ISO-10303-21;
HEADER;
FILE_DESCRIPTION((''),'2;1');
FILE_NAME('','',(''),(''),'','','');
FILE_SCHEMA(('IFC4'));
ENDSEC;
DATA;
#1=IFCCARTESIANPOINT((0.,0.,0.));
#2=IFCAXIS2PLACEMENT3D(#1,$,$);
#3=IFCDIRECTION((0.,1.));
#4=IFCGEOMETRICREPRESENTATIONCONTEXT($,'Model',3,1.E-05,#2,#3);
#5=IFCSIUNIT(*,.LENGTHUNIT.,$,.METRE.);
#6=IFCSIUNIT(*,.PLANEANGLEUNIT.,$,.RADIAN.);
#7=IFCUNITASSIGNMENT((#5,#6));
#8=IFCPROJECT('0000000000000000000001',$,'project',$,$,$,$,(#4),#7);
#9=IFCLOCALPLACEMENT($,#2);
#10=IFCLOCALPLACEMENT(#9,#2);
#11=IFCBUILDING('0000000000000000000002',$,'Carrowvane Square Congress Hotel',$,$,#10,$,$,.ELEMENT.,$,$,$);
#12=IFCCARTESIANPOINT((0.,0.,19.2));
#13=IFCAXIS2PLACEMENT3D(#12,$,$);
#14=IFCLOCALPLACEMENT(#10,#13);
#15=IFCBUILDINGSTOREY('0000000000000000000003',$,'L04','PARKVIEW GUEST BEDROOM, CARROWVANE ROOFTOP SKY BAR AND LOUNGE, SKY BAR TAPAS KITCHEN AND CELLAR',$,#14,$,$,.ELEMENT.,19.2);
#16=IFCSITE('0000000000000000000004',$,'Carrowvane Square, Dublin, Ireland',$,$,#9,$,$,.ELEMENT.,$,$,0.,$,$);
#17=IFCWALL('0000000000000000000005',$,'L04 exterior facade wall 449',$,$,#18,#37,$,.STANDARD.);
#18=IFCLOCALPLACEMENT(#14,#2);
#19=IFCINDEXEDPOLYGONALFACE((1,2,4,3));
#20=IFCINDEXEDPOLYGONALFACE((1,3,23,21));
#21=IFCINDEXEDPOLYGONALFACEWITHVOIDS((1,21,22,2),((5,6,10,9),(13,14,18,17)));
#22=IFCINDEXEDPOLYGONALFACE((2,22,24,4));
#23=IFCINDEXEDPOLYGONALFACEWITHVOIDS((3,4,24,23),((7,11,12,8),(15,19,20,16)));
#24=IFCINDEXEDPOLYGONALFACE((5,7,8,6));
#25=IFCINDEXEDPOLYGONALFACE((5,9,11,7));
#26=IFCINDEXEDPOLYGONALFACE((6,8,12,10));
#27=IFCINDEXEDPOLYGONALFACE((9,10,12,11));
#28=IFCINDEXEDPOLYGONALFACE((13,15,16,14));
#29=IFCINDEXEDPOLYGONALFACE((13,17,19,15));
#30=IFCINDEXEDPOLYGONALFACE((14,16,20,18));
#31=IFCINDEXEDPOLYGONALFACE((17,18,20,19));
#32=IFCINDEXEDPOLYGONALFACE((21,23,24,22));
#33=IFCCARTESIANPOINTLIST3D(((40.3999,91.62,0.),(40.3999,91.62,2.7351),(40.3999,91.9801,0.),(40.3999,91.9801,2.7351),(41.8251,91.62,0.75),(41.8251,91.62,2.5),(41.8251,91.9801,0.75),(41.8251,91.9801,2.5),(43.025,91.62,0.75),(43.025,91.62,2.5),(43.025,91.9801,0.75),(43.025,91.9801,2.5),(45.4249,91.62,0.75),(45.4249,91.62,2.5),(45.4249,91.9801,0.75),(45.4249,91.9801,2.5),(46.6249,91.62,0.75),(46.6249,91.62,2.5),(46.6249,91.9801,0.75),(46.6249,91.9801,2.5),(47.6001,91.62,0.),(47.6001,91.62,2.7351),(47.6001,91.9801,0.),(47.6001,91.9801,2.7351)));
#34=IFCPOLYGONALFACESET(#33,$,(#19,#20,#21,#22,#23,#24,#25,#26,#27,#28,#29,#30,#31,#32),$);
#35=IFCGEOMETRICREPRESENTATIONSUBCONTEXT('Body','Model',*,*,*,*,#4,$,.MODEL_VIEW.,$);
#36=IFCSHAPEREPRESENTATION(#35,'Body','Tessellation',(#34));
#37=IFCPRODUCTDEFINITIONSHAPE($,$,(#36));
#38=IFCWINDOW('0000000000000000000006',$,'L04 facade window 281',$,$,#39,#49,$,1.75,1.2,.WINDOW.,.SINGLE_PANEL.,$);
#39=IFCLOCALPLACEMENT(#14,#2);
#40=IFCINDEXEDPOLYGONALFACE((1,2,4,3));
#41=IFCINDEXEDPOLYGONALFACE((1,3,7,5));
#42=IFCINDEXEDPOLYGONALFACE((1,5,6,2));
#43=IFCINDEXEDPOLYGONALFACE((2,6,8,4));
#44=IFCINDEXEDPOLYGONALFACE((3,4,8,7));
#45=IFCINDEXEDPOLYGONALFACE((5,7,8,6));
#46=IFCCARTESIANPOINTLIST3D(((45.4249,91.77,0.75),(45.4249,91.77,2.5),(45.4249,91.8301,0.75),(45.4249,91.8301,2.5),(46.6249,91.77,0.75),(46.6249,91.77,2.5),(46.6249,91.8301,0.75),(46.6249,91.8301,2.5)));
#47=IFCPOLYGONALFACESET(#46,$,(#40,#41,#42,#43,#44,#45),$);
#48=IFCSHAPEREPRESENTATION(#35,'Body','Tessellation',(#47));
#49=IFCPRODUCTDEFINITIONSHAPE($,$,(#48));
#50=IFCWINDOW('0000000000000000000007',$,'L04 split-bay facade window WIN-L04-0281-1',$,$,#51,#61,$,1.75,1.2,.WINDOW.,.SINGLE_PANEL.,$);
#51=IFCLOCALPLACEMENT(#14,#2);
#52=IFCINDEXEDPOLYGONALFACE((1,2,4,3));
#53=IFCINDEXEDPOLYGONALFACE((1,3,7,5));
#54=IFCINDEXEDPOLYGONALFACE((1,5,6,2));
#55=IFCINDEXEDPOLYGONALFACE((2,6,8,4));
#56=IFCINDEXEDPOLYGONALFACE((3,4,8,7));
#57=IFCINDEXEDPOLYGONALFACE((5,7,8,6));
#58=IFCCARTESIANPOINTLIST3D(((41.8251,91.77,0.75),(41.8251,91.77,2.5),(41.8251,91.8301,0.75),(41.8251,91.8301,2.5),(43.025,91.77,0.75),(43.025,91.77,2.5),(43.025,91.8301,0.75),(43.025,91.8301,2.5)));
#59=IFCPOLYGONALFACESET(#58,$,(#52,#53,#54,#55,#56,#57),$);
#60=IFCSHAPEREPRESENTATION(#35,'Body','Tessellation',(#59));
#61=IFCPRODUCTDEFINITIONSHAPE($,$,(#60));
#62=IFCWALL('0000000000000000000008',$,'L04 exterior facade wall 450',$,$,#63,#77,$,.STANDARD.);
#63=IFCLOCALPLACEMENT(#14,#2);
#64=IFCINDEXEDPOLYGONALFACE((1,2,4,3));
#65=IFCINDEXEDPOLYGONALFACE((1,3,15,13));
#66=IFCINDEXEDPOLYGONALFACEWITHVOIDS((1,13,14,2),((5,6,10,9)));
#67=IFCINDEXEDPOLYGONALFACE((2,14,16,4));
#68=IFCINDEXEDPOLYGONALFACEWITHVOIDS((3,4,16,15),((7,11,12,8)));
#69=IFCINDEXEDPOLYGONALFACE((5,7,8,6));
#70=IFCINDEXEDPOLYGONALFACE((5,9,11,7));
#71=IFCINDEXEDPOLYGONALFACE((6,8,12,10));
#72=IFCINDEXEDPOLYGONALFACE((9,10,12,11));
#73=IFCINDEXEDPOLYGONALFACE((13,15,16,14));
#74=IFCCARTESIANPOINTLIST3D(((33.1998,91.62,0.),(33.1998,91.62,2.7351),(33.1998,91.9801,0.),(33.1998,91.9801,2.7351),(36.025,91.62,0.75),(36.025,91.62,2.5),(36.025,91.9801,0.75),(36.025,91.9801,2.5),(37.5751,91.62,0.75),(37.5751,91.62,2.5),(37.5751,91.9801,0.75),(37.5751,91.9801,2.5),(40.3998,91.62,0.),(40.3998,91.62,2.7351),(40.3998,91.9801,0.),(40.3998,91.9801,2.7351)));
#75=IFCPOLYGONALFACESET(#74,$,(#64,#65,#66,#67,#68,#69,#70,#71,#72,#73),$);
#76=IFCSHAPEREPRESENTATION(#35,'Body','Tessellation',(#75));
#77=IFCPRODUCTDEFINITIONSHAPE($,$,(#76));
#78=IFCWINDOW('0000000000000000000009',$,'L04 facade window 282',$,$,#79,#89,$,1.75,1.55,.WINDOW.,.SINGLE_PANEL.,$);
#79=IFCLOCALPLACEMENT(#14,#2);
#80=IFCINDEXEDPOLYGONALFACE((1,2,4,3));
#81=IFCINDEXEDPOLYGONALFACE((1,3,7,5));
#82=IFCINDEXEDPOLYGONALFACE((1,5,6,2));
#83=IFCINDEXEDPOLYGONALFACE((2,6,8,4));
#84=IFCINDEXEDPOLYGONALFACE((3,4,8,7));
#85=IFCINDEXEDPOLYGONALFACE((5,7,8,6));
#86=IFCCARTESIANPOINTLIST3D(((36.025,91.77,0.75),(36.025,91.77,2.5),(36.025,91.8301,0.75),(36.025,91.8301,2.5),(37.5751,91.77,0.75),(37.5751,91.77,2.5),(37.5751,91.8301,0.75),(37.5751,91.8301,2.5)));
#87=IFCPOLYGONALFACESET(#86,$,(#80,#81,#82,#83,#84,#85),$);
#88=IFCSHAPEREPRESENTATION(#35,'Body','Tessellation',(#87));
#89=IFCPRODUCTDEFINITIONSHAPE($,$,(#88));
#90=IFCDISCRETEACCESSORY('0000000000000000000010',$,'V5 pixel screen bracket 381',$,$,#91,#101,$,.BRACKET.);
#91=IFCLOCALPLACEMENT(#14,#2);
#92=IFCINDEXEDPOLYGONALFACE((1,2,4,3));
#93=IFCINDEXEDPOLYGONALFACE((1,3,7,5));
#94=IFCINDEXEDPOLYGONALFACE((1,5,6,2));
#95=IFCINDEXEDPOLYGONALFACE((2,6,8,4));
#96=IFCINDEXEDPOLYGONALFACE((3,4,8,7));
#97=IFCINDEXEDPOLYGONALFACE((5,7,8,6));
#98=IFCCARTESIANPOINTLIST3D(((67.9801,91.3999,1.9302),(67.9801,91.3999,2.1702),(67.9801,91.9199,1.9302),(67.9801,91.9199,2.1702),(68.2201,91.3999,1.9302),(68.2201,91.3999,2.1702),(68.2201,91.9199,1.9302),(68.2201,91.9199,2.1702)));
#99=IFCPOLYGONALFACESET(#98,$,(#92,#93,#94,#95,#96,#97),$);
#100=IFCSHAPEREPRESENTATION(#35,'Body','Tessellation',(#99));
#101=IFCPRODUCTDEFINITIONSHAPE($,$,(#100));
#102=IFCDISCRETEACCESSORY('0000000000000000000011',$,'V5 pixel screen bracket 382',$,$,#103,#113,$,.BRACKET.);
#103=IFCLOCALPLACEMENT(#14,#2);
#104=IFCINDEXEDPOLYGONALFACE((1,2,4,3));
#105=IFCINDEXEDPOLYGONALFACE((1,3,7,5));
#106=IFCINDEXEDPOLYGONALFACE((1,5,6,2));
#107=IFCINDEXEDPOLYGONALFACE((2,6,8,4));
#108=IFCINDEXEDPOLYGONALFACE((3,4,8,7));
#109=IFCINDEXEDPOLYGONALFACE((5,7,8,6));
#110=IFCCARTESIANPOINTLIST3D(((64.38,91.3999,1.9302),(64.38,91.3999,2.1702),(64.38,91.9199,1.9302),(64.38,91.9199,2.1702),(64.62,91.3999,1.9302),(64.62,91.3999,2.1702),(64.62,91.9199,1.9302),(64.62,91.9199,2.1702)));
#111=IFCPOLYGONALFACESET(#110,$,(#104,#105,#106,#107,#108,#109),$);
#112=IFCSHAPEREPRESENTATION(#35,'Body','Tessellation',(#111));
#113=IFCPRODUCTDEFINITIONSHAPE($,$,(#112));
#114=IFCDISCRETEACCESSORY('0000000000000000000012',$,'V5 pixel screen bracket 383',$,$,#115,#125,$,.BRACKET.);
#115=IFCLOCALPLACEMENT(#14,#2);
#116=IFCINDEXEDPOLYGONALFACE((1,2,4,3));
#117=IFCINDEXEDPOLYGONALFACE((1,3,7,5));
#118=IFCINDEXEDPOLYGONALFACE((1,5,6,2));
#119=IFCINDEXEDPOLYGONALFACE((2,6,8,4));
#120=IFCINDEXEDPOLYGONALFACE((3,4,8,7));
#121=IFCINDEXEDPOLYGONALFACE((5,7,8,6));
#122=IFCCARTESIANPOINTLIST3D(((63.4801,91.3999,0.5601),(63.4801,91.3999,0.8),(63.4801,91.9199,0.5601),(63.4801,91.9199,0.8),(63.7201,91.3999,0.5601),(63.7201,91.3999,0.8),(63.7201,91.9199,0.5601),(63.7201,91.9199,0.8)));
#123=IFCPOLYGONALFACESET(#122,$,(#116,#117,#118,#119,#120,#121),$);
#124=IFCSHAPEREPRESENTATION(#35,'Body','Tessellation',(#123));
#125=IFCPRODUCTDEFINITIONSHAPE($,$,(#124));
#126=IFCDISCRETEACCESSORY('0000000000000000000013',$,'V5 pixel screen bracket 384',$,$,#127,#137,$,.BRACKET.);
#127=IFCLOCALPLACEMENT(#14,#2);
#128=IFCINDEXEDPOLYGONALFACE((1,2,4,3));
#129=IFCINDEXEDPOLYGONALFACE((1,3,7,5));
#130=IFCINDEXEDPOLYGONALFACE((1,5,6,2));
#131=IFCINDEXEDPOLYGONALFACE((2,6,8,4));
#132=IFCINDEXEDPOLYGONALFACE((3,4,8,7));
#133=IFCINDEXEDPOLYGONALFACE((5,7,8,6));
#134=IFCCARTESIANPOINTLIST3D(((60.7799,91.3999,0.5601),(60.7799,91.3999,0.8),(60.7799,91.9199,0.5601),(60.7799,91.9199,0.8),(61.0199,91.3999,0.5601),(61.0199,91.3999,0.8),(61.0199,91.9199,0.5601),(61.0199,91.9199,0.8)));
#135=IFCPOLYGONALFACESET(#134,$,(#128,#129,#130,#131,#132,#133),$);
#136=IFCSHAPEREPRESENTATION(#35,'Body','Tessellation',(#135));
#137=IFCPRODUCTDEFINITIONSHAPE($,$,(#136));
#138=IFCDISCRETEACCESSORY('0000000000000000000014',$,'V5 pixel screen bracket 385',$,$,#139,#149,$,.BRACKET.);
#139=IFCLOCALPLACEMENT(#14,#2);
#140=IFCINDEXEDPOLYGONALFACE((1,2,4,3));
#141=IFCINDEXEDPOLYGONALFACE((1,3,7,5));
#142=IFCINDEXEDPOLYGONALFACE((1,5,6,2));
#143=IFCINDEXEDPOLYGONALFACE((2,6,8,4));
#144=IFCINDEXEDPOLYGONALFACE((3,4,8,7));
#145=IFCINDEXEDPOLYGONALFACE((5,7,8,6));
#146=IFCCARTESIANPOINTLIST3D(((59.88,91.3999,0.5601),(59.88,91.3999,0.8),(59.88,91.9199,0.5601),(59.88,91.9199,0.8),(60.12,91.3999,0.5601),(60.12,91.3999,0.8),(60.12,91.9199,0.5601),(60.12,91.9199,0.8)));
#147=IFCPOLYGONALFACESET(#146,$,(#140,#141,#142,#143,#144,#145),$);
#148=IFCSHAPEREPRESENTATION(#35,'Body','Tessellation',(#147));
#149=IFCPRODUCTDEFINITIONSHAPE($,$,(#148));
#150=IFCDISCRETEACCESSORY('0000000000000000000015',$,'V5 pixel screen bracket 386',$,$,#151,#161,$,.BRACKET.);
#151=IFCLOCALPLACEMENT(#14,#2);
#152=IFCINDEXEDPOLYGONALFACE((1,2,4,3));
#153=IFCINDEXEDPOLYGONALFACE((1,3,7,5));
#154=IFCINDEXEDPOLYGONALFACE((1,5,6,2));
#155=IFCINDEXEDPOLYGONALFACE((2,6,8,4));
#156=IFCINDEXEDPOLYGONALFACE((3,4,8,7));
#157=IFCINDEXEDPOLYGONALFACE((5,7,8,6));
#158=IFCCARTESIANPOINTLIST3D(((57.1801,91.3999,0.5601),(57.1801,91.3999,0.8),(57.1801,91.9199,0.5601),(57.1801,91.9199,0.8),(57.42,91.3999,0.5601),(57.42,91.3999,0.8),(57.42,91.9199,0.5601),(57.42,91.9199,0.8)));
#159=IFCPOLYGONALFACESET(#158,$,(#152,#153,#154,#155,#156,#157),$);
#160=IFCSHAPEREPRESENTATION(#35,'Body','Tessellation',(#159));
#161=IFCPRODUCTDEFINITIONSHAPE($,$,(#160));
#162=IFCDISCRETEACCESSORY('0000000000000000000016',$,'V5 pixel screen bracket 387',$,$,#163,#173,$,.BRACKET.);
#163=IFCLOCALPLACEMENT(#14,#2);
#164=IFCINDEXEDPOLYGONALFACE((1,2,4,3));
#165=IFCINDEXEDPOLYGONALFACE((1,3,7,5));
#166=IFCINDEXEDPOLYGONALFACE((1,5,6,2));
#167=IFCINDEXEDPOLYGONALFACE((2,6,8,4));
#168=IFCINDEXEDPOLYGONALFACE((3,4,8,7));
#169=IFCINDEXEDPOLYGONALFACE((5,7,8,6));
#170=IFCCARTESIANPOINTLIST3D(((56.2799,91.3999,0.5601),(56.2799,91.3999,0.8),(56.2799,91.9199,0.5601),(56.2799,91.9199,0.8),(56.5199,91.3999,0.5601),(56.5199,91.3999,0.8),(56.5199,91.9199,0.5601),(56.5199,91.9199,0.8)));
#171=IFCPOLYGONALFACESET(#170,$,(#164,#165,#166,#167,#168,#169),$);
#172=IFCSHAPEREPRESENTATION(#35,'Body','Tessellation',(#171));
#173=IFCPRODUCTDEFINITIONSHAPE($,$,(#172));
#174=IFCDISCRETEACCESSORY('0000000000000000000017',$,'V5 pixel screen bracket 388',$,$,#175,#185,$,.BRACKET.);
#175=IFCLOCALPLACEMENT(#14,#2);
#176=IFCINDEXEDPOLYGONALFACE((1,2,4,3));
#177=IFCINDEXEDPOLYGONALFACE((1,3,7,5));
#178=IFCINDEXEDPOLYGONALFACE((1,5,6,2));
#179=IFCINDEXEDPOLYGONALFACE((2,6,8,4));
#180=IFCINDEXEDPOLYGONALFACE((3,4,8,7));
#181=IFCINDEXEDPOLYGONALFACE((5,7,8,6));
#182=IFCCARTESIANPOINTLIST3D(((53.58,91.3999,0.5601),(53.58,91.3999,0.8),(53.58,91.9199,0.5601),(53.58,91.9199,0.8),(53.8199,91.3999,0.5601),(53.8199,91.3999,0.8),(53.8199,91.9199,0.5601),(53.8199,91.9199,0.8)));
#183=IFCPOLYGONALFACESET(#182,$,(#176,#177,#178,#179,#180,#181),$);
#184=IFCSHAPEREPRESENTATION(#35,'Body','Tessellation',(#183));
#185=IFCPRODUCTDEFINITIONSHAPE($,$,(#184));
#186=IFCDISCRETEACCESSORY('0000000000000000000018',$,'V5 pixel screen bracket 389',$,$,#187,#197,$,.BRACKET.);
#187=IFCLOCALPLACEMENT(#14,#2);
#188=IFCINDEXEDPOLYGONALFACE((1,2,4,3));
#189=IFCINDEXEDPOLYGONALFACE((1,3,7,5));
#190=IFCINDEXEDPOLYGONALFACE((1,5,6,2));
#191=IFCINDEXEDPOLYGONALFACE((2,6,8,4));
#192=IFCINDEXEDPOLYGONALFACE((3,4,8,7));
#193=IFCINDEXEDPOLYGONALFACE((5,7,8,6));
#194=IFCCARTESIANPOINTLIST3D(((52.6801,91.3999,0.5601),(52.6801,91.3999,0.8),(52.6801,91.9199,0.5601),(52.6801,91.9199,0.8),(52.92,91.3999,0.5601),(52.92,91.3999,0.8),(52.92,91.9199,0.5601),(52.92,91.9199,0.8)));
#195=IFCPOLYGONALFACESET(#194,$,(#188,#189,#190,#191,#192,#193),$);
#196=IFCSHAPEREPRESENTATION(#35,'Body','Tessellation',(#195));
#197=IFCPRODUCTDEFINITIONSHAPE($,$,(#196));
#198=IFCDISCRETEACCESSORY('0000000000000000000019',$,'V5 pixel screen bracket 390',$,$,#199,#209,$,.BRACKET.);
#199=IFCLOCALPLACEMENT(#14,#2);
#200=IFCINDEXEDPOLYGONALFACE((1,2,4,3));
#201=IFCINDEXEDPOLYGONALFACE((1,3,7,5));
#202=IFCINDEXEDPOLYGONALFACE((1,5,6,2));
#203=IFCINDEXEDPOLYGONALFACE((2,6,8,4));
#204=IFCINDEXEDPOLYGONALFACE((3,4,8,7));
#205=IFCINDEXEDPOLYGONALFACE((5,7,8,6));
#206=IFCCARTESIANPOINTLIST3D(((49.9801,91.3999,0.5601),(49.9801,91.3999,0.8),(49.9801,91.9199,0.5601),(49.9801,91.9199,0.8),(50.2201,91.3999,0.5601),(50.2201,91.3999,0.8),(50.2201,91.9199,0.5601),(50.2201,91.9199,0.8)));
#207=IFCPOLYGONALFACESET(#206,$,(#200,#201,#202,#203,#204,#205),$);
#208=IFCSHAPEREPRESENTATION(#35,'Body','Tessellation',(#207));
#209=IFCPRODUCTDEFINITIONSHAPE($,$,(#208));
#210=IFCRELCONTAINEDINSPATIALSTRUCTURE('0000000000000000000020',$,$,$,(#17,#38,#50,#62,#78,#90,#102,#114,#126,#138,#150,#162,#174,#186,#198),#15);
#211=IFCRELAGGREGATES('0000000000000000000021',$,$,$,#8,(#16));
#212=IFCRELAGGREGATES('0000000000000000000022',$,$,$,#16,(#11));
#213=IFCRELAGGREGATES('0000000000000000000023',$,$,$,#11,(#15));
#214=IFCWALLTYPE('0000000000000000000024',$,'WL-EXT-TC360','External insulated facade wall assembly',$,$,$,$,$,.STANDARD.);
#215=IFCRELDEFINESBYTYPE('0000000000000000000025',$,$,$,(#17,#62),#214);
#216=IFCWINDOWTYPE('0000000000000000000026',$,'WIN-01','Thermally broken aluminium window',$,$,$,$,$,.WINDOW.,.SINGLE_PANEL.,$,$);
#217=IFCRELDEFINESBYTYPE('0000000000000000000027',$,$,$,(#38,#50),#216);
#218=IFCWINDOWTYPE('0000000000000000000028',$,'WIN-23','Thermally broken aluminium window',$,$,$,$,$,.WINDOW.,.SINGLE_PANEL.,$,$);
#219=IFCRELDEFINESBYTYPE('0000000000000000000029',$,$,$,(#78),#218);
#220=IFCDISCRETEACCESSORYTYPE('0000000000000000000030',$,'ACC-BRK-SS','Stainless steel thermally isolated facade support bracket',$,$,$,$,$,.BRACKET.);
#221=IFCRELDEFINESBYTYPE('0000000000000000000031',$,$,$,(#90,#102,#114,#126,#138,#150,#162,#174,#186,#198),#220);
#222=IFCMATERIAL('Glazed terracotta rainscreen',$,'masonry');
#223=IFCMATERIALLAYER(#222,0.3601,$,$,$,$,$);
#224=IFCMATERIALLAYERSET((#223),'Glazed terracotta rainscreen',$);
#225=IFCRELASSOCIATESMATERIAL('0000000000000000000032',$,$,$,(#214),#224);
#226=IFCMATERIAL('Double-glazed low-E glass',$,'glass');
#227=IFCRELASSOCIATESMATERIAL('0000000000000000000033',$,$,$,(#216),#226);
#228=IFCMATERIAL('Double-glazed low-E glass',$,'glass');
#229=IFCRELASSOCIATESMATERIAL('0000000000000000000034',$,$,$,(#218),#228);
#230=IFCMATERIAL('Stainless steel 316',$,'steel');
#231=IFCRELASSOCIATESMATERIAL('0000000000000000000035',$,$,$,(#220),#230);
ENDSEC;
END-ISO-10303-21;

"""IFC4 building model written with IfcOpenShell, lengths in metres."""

from ifc_helpers import new_model, si_unit, direction, frame, frame_2d, origin, origin_2d, place, context, subcontext, project, spatial, rectangle, extrude, material, layer, layer_set, type_object, element, fill, save


model = new_model("IFC4")

# Units and contexts
model_context = context("Model", 3, precision=1e-05, world=origin(), true_north=direction((0.0, 1.0)))
body_context = subcontext(model_context, "Body", "Model", "MODEL_VIEW")
ifc_project = project(units=[si_unit("LENGTHUNIT", "METRE"), si_unit("PLANEANGLEUNIT", "RADIAN")], contexts=[model_context])

# Site, building, storey
site_placement = place(None, origin())
site = spatial("IfcSite", under=ifc_project, at=site_placement, Name="Carrowvane Square, Dublin, Ireland", CompositionType="ELEMENT", RefElevation=0.0)
building_placement = place(site_placement, origin())
building = spatial("IfcBuilding", under=site, at=building_placement, Name="Carrowvane Square Congress Hotel", CompositionType="ELEMENT")
storey_placement = place(building_placement, frame((0.0, 0.0, 19.2)))
storey = spatial("IfcBuildingStorey", under=building, at=storey_placement, Name="L04", Description="PARKVIEW GUEST BEDROOM, CARROWVANE ROOFTOP SKY BAR AND LOUNGE, SKY BAR TAPAS KITCHEN AND CELLAR", CompositionType="ELEMENT", Elevation=19.2)

# Shared definitions
ifc_material_1 = material(Name="Glazed terracotta rainscreen", Category="masonry")
ifc_layer = layer(ifc_material_1, 0.3601)
ifc_layer_set = layer_set([ifc_layer], Name="Glazed terracotta rainscreen")
wall_type = type_object("IfcWallType", Name="WL-EXT-TC360", Description="External insulated facade wall assembly", PredefinedType="STANDARD", material=ifc_layer_set)

# Wall, openings, windows
wall_1_placement = place(storey_placement, frame((47.6001, 91.8, 0.0), z_axis=(0.0, 0.0, 1.0), x_axis=(-1.0, 0.0, 0.0)))
wall_1 = element("IfcWall", 1, at=wall_1_placement, inside=storey, type_object=wall_type, Name="L04 exterior facade wall 449", PredefinedType="STANDARD", context=body_context, shape_type="SweptSolid", body=[
    extrude(rectangle(XDim=7.2002, YDim=0.3601, at=frame_2d((3.6001, 0.0))), origin(), (0.0, 0.0, 1.0), 2.7351),
])
opening_1_placement = place(wall_1_placement, frame((0.9751, 0.0, 0.75)))
opening_1 = element("IfcOpeningElement", 2, at=opening_1_placement, cuts=wall_1, PredefinedType="OPENING", context=body_context, shape_type="SweptSolid", body=[
    extrude(rectangle(XDim=1.2, YDim=1.75, at=frame_2d((0.6001, 0.875))), frame((0.0, 0.1899, 0.0), z_axis=(0.0, -1.0, 0.0), x_axis=(1.0, 0.0, 0.0)), (0.0, 0.0, 1.0), 0.3801),
])
opening_2_placement = place(wall_1_placement, frame((4.575, 0.0, 0.75)))
opening_2 = element("IfcOpeningElement", 3, at=opening_2_placement, cuts=wall_1, PredefinedType="OPENING", context=body_context, shape_type="SweptSolid", body=[
    extrude(rectangle(XDim=1.2, YDim=1.75, at=frame_2d((0.6001, 0.875))), frame((0.0, 0.1899, 0.0), z_axis=(0.0, -1.0, 0.0), x_axis=(1.0, 0.0, 0.0)), (0.0, 0.0, 1.0), 0.3801),
])
ifc_material_2 = material(Name="Double-glazed low-E glass", Category="glass")
window_type_1 = type_object("IfcWindowType", Name="WIN-01", Description="Thermally broken aluminium window", PartitioningType="SINGLE_PANEL", PredefinedType="WINDOW", material=ifc_material_2)
window_1_placement = place(opening_1_placement, origin())
window_1 = element("IfcWindow", 4, at=window_1_placement, inside=storey, type_object=window_type_1, Name="L04 facade window 281", OverallHeight=1.75, OverallWidth=1.2, PartitioningType="SINGLE_PANEL", PredefinedType="WINDOW", context=body_context, shape_type="SweptSolid", body=[
    extrude(rectangle(XDim=1.2, YDim=1.75, at=frame_2d((0.6001, 0.875))), frame((0.0, 0.03, 0.0), z_axis=(0.0, -1.0, 0.0), x_axis=(1.0, 0.0, 0.0)), (0.0, 0.0, 1.0), 0.0601),
])
fill(opening_1, window_1)
window_2_placement = place(opening_2_placement, origin())
window_2 = element("IfcWindow", 5, at=window_2_placement, inside=storey, type_object=window_type_1, Name="L04 split-bay facade window WIN-L04-0281-1", OverallHeight=1.75, OverallWidth=1.2, PartitioningType="SINGLE_PANEL", PredefinedType="WINDOW", context=body_context, shape_type="SweptSolid", body=[
    extrude(rectangle(XDim=1.2, YDim=1.75, at=frame_2d((0.6001, 0.875))), frame((0.0, 0.03, 0.0), z_axis=(0.0, -1.0, 0.0), x_axis=(1.0, 0.0, 0.0)), (0.0, 0.0, 1.0), 0.0601),
])
fill(opening_2, window_2)

# Wall, opening, window
wall_2_placement = place(storey_placement, frame((40.3999, 91.8, 0.0), z_axis=(0.0, 0.0, 1.0), x_axis=(-1.0, 0.0, 0.0)))
wall_2 = element("IfcWall", 6, at=wall_2_placement, inside=storey, type_object=wall_type, Name="L04 exterior facade wall 450", PredefinedType="STANDARD", context=body_context, shape_type="SweptSolid", body=[
    extrude(rectangle(XDim=7.2, YDim=0.3601, at=frame_2d((3.6001, 0.0))), origin(), (0.0, 0.0, 1.0), 2.7351),
])
opening_3_placement = place(wall_2_placement, frame((2.825, 0.0, 0.75)))
opening_3 = element("IfcOpeningElement", 7, at=opening_3_placement, cuts=wall_2, PredefinedType="OPENING", context=body_context, shape_type="SweptSolid", body=[
    extrude(rectangle(XDim=1.55, YDim=1.75, at=frame_2d((0.7749, 0.875))), frame((0.0, 0.1899, 0.0), z_axis=(0.0, -1.0, 0.0), x_axis=(1.0, 0.0, 0.0)), (0.0, 0.0, 1.0), 0.3801),
])
ifc_material_3 = material(Name="Double-glazed low-E glass", Category="glass")
window_type_2 = type_object("IfcWindowType", Name="WIN-23", Description="Thermally broken aluminium window", PartitioningType="SINGLE_PANEL", PredefinedType="WINDOW", material=ifc_material_3)
window_3_placement = place(opening_3_placement, origin())
window_3 = element("IfcWindow", 8, at=window_3_placement, inside=storey, type_object=window_type_2, Name="L04 facade window 282", OverallHeight=1.75, OverallWidth=1.55, PartitioningType="SINGLE_PANEL", PredefinedType="WINDOW", context=body_context, shape_type="SweptSolid", body=[
    extrude(rectangle(XDim=1.55, YDim=1.75, at=frame_2d((0.7749, 0.875))), frame((0.0, 0.03, 0.0), z_axis=(0.0, -1.0, 0.0), x_axis=(1.0, 0.0, 0.0)), (0.0, 0.0, 1.0), 0.0601),
])
fill(opening_3, window_3)

# Discrete accessories
ifc_material_4 = material(Name="Stainless steel 316", Category="steel")
discrete_accessory_type = type_object("IfcDiscreteAccessoryType", Name="ACC-BRK-SS", Description="Stainless steel thermally isolated facade support bracket", PredefinedType="BRACKET", material=ifc_material_4)
for number, where, z_axis, x_axis, name in (
    (9, (68.1001, 91.6599, 1.9302), (0.0, 0.0, 1.0), (-1.0, 0.0, 0.0), "V5 pixel screen bracket 381"),
    (10, (64.5, 91.6599, 1.9302), (0.0, 0.0, 1.0), (-1.0, 0.0, 0.0), "V5 pixel screen bracket 382"),
    (11, (63.6001, 91.6599, 0.5601), (0.0, 0.0, 1.0), (-1.0, 0.0, 0.0), "V5 pixel screen bracket 383"),
    (12, (60.8999, 91.6599, 0.5601), (0.0, 0.0, 1.0), (-1.0, 0.0, 0.0), "V5 pixel screen bracket 384"),
    (13, (60.0, 91.6599, 0.5601), (0.0, 0.0, 1.0), (-1.0, 0.0, 0.0), "V5 pixel screen bracket 385"),
    (14, (57.3, 91.6599, 0.5601), (0.0, 0.0, 1.0), (-1.0, 0.0, 0.0), "V5 pixel screen bracket 386"),
    (15, (56.3999, 91.6599, 0.5601), (0.0, 0.0, 1.0), (-1.0, 0.0, 0.0), "V5 pixel screen bracket 387"),
    (16, (53.7, 91.6599, 0.5601), (0.0, 0.0, 1.0), (-1.0, 0.0, 0.0), "V5 pixel screen bracket 388"),
    (17, (52.8, 91.6599, 0.5601), (0.0, 0.0, 1.0), (-1.0, 0.0, 0.0), "V5 pixel screen bracket 389"),
    (18, (50.1001, 91.6599, 0.5601), (0.0, 0.0, 1.0), (-1.0, 0.0, 0.0), "V5 pixel screen bracket 390"),
):
    element("IfcDiscreteAccessory", number, at=place(storey_placement, frame(where, z_axis=z_axis, x_axis=x_axis)), inside=storey, type_object=discrete_accessory_type, Name=name, PredefinedType="BRACKET", context=body_context, shape_type="SweptSolid", body=[
        extrude(rectangle(XDim=0.24, YDim=0.52, at=origin_2d()), origin(), (0.0, 0.0, 1.0), 0.24),
    ])

save(model, "model.ifc")
